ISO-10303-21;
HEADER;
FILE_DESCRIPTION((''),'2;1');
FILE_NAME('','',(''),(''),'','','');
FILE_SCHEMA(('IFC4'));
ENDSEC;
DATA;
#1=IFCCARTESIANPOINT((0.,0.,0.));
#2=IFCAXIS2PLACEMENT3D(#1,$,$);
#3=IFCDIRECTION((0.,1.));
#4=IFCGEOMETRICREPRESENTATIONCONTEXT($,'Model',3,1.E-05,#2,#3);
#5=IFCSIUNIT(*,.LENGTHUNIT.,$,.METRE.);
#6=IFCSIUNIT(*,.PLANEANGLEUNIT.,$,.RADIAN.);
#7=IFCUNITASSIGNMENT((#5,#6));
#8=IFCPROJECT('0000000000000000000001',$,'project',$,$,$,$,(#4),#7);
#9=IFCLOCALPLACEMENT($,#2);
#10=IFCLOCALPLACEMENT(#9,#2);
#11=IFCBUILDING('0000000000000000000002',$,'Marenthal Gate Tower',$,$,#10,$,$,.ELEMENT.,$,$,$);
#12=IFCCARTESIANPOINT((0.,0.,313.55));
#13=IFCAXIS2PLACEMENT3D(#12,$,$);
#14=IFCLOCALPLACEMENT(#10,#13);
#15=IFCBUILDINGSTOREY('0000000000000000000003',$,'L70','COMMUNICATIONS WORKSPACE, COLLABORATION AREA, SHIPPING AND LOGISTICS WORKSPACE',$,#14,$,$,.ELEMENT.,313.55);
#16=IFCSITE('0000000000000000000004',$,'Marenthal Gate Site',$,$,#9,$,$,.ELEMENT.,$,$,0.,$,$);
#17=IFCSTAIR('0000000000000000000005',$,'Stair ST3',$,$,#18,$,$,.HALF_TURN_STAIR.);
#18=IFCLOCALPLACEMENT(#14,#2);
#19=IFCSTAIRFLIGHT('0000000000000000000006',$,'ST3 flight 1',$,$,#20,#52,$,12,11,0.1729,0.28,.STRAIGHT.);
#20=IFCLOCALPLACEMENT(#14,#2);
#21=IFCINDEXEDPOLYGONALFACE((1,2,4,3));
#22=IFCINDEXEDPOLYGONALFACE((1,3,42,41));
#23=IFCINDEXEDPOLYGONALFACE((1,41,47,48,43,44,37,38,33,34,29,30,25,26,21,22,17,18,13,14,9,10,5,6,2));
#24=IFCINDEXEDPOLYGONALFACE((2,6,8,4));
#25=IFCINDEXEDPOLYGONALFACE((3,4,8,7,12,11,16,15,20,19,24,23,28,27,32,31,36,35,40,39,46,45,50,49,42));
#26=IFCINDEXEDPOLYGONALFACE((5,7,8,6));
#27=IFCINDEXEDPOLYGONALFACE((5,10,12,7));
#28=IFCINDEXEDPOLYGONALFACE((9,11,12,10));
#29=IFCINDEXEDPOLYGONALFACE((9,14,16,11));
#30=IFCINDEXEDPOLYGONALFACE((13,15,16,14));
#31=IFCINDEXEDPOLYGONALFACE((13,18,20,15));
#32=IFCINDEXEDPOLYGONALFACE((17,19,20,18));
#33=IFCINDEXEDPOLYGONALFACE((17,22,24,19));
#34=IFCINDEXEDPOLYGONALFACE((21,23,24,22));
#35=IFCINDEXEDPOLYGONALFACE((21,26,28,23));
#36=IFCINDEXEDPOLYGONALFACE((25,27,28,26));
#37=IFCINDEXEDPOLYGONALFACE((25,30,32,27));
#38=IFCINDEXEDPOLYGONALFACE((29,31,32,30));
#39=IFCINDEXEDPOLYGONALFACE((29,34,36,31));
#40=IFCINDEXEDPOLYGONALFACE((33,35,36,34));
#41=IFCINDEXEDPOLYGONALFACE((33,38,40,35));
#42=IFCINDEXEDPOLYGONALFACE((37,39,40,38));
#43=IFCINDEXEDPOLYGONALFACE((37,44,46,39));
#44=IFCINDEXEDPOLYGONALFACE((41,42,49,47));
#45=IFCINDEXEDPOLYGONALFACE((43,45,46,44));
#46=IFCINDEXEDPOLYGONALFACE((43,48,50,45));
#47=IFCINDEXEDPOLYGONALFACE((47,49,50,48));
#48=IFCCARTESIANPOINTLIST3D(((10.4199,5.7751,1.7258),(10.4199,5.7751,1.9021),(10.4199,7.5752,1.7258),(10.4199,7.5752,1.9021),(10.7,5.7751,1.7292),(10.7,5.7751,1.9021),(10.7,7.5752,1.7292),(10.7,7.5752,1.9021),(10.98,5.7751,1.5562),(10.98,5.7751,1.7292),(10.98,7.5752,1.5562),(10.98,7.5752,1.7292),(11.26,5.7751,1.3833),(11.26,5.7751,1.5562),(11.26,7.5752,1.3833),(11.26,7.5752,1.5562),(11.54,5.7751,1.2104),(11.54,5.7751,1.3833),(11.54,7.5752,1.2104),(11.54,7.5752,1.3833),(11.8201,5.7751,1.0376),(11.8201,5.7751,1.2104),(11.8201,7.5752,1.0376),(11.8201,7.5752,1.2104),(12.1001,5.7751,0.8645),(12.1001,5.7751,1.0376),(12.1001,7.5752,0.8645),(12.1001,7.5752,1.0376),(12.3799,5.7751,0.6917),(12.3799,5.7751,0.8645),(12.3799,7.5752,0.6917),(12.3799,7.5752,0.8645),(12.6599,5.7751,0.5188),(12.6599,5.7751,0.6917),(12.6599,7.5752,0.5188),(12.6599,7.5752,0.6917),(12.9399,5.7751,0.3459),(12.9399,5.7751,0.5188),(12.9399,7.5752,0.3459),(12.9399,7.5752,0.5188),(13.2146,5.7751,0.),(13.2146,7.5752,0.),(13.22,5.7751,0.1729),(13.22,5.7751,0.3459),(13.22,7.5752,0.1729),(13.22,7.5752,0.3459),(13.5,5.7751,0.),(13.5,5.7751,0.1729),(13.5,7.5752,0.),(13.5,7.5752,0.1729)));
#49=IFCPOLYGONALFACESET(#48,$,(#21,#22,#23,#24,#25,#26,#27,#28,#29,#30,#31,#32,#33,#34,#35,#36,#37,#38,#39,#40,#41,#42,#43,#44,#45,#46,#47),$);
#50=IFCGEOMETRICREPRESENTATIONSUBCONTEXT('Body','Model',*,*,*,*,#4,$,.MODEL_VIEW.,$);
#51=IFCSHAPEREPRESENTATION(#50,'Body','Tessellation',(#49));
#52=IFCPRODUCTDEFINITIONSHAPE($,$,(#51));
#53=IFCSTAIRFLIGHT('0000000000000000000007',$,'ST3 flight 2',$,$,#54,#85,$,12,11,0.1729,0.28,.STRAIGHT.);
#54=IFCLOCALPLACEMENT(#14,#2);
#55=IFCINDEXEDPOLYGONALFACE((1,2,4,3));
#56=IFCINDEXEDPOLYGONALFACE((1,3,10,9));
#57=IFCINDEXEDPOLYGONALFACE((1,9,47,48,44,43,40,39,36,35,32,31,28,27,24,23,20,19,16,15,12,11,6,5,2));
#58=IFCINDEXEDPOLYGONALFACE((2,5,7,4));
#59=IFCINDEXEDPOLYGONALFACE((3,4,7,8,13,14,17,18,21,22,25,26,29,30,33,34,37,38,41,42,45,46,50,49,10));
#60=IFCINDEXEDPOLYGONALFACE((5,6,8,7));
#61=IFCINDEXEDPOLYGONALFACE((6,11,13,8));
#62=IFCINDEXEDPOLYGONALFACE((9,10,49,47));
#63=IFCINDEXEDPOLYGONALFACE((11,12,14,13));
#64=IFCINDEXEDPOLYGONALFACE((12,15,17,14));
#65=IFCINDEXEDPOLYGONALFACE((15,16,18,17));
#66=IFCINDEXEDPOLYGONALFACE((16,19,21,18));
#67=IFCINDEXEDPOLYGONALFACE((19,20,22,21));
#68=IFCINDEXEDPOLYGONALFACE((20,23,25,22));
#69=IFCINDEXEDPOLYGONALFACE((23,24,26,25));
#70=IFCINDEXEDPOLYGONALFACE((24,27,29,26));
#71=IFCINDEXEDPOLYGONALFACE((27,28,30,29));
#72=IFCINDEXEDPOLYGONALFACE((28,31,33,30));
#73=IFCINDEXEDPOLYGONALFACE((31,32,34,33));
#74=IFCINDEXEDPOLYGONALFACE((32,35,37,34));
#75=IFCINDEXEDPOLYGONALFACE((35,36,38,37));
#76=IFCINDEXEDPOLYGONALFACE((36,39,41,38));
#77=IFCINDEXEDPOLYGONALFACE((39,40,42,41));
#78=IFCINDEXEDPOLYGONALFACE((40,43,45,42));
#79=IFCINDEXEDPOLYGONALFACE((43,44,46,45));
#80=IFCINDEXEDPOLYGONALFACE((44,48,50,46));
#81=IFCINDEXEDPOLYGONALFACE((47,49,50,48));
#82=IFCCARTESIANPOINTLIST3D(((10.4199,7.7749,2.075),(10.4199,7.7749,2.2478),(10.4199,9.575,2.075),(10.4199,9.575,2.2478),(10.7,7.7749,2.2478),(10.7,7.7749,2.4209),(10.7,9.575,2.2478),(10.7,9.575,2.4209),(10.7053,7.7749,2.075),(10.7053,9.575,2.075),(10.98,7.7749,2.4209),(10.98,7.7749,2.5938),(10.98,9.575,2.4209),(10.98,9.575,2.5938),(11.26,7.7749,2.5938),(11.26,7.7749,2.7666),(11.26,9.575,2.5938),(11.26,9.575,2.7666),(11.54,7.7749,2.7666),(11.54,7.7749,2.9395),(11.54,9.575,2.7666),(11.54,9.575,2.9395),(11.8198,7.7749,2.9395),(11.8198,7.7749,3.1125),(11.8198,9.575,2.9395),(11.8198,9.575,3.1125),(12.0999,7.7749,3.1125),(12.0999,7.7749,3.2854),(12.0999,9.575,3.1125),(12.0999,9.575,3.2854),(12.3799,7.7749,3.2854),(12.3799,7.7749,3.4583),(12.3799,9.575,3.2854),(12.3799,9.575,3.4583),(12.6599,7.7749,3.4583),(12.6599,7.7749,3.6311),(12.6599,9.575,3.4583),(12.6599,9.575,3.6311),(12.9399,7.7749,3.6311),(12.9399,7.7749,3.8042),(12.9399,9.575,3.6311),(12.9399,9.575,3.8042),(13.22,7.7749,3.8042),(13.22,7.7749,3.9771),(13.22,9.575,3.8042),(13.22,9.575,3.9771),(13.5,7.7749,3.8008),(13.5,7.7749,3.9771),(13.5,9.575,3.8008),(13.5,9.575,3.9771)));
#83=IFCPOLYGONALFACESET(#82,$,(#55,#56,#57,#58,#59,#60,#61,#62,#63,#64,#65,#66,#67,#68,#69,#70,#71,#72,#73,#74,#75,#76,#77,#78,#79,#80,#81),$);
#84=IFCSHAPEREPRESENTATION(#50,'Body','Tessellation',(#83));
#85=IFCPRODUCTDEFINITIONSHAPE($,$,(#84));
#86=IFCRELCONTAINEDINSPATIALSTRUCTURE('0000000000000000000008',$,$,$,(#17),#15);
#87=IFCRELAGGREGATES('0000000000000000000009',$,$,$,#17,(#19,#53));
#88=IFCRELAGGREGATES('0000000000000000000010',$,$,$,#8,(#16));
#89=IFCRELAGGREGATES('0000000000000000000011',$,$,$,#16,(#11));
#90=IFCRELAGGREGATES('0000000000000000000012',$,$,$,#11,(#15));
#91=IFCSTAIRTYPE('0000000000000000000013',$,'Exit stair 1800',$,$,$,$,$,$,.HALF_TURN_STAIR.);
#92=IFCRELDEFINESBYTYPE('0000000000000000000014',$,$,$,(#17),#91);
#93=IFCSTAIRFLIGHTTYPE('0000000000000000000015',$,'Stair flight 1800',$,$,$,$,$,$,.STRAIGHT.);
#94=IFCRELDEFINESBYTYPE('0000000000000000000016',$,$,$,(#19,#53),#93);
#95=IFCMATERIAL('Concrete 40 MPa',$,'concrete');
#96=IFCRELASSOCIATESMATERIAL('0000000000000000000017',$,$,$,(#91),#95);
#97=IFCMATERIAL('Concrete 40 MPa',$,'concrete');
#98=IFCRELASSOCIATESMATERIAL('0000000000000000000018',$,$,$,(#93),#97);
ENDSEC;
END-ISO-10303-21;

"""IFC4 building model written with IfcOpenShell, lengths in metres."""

from ifc_helpers import new_model, si_unit, direction, frame, origin, place, context, subcontext, project, spatial, polyline, outline, extrude, material, type_object, element, aggregate, save


model = new_model("IFC4")

# Units and contexts
model_context = context("Model", 3, precision=1e-05, world=origin(), true_north=direction((0.0, 1.0)))
body_context = subcontext(model_context, "Body", "Model", "MODEL_VIEW")
ifc_project = project(units=[si_unit("LENGTHUNIT", "METRE"), si_unit("PLANEANGLEUNIT", "RADIAN")], contexts=[model_context])

# Site, building, storey
site_placement = place(None, origin())
site = spatial("IfcSite", under=ifc_project, at=site_placement, Name="Marenthal Gate Site", CompositionType="ELEMENT", RefElevation=0.0)
building_placement = place(site_placement, origin())
building = spatial("IfcBuilding", under=site, at=building_placement, Name="Marenthal Gate Tower", CompositionType="ELEMENT")
storey_placement = place(building_placement, frame((0.0, 0.0, 313.55)))
storey = spatial("IfcBuildingStorey", under=building, at=storey_placement, Name="L70", Description="COMMUNICATIONS WORKSPACE, COLLABORATION AREA, SHIPPING AND LOGISTICS WORKSPACE", CompositionType="ELEMENT", Elevation=313.55)

# Stair, stair flights
ifc_material_1 = material(Name="Concrete 40 MPa", Category="concrete")
stair_type = type_object("IfcStairType", Name="Exit stair 1800", PredefinedType="HALF_TURN_STAIR", material=ifc_material_1)
stair_placement = place(storey_placement, origin())
stair = element("IfcStair", 1, at=stair_placement, inside=storey, type_object=stair_type, Name="Stair ST3", PredefinedType="HALF_TURN_STAIR")
ifc_material_2 = material(Name="Concrete 40 MPa", Category="concrete")
stair_flight_type = type_object("IfcStairFlightType", Name="Stair flight 1800", PredefinedType="STRAIGHT", material=ifc_material_2)
stair_flight_1_placement = place(storey_placement, frame((13.5, 6.675, 0.0), z_axis=(0.0, 0.0, 1.0), x_axis=(-1.0, 0.0, 0.0)))
stair_flight_1 = element("IfcStairFlight", 2, at=stair_flight_1_placement, type_object=stair_flight_type, Name="ST3 flight 1", NumberOfRisers=12, NumberOfTreads=11, PredefinedType="STRAIGHT", RiserHeight=0.1729, TreadLength=0.28, context=body_context, shape_type="SweptSolid", body=[
    extrude(outline(polyline([(0.0, 0.0), (0.0, 0.1729), (0.28, 0.1729), (0.28, 0.3459), (0.5601, 0.3459), (0.5601, 0.5188), (0.8401, 0.5188), (0.8401, 0.6917), (1.1201, 0.6917), (1.1201, 0.8645), (1.3999, 0.8645), (1.3999, 1.0376), (1.6799, 1.0376), (1.6799, 1.2104), (1.96, 1.2104), (1.96, 1.3833), (2.24, 1.3833), (2.24, 1.5562), (2.52, 1.5562), (2.52, 1.7292), (2.8, 1.7292), (2.8, 1.9021), (3.0801, 1.9021), (3.0801, 2.075), (3.0801, 1.7258), (0.2854, 0.0), (0.0, 0.0)])), frame((0.0, 0.8999, 0.0), z_axis=(0.0, -1.0, 0.0), x_axis=(1.0, 0.0, 0.0)), (0.0, 0.0, 1.0), 1.8),
])
stair_flight_2_placement = place(storey_placement, frame((10.4199, 8.675, 2.075), z_axis=(0.0, 0.0, 1.0), x_axis=(1.0, 0.0, 0.0)))
stair_flight_2 = element("IfcStairFlight", 3, at=stair_flight_2_placement, type_object=stair_flight_type, Name="ST3 flight 2", NumberOfRisers=12, NumberOfTreads=11, PredefinedType="STRAIGHT", RiserHeight=0.1729, TreadLength=0.28, context=body_context, shape_type="SweptSolid", body=[
    extrude(outline(polyline([(0.0, 0.0), (0.0, 0.1729), (0.28, 0.1729), (0.28, 0.3459), (0.5601, 0.3459), (0.5601, 0.5188), (0.8401, 0.5188), (0.8401, 0.6917), (1.1201, 0.6917), (1.1201, 0.8645), (1.3999, 0.8645), (1.3999, 1.0376), (1.6799, 1.0376), (1.6799, 1.2104), (1.96, 1.2104), (1.96, 1.3833), (2.24, 1.3833), (2.24, 1.5562), (2.52, 1.5562), (2.52, 1.7292), (2.8, 1.7292), (2.8, 1.9021), (3.0801, 1.9021), (3.0801, 2.075), (3.0801, 1.7258), (0.2854, 0.0), (0.0, 0.0)])), frame((0.0, 0.8999, 0.0), z_axis=(0.0, -1.0, 0.0), x_axis=(1.0, 0.0, 0.0)), (0.0, 0.0, 1.0), 1.8),
])
aggregate(stair, [stair_flight_1, stair_flight_2])

save(model, "model.ifc")
